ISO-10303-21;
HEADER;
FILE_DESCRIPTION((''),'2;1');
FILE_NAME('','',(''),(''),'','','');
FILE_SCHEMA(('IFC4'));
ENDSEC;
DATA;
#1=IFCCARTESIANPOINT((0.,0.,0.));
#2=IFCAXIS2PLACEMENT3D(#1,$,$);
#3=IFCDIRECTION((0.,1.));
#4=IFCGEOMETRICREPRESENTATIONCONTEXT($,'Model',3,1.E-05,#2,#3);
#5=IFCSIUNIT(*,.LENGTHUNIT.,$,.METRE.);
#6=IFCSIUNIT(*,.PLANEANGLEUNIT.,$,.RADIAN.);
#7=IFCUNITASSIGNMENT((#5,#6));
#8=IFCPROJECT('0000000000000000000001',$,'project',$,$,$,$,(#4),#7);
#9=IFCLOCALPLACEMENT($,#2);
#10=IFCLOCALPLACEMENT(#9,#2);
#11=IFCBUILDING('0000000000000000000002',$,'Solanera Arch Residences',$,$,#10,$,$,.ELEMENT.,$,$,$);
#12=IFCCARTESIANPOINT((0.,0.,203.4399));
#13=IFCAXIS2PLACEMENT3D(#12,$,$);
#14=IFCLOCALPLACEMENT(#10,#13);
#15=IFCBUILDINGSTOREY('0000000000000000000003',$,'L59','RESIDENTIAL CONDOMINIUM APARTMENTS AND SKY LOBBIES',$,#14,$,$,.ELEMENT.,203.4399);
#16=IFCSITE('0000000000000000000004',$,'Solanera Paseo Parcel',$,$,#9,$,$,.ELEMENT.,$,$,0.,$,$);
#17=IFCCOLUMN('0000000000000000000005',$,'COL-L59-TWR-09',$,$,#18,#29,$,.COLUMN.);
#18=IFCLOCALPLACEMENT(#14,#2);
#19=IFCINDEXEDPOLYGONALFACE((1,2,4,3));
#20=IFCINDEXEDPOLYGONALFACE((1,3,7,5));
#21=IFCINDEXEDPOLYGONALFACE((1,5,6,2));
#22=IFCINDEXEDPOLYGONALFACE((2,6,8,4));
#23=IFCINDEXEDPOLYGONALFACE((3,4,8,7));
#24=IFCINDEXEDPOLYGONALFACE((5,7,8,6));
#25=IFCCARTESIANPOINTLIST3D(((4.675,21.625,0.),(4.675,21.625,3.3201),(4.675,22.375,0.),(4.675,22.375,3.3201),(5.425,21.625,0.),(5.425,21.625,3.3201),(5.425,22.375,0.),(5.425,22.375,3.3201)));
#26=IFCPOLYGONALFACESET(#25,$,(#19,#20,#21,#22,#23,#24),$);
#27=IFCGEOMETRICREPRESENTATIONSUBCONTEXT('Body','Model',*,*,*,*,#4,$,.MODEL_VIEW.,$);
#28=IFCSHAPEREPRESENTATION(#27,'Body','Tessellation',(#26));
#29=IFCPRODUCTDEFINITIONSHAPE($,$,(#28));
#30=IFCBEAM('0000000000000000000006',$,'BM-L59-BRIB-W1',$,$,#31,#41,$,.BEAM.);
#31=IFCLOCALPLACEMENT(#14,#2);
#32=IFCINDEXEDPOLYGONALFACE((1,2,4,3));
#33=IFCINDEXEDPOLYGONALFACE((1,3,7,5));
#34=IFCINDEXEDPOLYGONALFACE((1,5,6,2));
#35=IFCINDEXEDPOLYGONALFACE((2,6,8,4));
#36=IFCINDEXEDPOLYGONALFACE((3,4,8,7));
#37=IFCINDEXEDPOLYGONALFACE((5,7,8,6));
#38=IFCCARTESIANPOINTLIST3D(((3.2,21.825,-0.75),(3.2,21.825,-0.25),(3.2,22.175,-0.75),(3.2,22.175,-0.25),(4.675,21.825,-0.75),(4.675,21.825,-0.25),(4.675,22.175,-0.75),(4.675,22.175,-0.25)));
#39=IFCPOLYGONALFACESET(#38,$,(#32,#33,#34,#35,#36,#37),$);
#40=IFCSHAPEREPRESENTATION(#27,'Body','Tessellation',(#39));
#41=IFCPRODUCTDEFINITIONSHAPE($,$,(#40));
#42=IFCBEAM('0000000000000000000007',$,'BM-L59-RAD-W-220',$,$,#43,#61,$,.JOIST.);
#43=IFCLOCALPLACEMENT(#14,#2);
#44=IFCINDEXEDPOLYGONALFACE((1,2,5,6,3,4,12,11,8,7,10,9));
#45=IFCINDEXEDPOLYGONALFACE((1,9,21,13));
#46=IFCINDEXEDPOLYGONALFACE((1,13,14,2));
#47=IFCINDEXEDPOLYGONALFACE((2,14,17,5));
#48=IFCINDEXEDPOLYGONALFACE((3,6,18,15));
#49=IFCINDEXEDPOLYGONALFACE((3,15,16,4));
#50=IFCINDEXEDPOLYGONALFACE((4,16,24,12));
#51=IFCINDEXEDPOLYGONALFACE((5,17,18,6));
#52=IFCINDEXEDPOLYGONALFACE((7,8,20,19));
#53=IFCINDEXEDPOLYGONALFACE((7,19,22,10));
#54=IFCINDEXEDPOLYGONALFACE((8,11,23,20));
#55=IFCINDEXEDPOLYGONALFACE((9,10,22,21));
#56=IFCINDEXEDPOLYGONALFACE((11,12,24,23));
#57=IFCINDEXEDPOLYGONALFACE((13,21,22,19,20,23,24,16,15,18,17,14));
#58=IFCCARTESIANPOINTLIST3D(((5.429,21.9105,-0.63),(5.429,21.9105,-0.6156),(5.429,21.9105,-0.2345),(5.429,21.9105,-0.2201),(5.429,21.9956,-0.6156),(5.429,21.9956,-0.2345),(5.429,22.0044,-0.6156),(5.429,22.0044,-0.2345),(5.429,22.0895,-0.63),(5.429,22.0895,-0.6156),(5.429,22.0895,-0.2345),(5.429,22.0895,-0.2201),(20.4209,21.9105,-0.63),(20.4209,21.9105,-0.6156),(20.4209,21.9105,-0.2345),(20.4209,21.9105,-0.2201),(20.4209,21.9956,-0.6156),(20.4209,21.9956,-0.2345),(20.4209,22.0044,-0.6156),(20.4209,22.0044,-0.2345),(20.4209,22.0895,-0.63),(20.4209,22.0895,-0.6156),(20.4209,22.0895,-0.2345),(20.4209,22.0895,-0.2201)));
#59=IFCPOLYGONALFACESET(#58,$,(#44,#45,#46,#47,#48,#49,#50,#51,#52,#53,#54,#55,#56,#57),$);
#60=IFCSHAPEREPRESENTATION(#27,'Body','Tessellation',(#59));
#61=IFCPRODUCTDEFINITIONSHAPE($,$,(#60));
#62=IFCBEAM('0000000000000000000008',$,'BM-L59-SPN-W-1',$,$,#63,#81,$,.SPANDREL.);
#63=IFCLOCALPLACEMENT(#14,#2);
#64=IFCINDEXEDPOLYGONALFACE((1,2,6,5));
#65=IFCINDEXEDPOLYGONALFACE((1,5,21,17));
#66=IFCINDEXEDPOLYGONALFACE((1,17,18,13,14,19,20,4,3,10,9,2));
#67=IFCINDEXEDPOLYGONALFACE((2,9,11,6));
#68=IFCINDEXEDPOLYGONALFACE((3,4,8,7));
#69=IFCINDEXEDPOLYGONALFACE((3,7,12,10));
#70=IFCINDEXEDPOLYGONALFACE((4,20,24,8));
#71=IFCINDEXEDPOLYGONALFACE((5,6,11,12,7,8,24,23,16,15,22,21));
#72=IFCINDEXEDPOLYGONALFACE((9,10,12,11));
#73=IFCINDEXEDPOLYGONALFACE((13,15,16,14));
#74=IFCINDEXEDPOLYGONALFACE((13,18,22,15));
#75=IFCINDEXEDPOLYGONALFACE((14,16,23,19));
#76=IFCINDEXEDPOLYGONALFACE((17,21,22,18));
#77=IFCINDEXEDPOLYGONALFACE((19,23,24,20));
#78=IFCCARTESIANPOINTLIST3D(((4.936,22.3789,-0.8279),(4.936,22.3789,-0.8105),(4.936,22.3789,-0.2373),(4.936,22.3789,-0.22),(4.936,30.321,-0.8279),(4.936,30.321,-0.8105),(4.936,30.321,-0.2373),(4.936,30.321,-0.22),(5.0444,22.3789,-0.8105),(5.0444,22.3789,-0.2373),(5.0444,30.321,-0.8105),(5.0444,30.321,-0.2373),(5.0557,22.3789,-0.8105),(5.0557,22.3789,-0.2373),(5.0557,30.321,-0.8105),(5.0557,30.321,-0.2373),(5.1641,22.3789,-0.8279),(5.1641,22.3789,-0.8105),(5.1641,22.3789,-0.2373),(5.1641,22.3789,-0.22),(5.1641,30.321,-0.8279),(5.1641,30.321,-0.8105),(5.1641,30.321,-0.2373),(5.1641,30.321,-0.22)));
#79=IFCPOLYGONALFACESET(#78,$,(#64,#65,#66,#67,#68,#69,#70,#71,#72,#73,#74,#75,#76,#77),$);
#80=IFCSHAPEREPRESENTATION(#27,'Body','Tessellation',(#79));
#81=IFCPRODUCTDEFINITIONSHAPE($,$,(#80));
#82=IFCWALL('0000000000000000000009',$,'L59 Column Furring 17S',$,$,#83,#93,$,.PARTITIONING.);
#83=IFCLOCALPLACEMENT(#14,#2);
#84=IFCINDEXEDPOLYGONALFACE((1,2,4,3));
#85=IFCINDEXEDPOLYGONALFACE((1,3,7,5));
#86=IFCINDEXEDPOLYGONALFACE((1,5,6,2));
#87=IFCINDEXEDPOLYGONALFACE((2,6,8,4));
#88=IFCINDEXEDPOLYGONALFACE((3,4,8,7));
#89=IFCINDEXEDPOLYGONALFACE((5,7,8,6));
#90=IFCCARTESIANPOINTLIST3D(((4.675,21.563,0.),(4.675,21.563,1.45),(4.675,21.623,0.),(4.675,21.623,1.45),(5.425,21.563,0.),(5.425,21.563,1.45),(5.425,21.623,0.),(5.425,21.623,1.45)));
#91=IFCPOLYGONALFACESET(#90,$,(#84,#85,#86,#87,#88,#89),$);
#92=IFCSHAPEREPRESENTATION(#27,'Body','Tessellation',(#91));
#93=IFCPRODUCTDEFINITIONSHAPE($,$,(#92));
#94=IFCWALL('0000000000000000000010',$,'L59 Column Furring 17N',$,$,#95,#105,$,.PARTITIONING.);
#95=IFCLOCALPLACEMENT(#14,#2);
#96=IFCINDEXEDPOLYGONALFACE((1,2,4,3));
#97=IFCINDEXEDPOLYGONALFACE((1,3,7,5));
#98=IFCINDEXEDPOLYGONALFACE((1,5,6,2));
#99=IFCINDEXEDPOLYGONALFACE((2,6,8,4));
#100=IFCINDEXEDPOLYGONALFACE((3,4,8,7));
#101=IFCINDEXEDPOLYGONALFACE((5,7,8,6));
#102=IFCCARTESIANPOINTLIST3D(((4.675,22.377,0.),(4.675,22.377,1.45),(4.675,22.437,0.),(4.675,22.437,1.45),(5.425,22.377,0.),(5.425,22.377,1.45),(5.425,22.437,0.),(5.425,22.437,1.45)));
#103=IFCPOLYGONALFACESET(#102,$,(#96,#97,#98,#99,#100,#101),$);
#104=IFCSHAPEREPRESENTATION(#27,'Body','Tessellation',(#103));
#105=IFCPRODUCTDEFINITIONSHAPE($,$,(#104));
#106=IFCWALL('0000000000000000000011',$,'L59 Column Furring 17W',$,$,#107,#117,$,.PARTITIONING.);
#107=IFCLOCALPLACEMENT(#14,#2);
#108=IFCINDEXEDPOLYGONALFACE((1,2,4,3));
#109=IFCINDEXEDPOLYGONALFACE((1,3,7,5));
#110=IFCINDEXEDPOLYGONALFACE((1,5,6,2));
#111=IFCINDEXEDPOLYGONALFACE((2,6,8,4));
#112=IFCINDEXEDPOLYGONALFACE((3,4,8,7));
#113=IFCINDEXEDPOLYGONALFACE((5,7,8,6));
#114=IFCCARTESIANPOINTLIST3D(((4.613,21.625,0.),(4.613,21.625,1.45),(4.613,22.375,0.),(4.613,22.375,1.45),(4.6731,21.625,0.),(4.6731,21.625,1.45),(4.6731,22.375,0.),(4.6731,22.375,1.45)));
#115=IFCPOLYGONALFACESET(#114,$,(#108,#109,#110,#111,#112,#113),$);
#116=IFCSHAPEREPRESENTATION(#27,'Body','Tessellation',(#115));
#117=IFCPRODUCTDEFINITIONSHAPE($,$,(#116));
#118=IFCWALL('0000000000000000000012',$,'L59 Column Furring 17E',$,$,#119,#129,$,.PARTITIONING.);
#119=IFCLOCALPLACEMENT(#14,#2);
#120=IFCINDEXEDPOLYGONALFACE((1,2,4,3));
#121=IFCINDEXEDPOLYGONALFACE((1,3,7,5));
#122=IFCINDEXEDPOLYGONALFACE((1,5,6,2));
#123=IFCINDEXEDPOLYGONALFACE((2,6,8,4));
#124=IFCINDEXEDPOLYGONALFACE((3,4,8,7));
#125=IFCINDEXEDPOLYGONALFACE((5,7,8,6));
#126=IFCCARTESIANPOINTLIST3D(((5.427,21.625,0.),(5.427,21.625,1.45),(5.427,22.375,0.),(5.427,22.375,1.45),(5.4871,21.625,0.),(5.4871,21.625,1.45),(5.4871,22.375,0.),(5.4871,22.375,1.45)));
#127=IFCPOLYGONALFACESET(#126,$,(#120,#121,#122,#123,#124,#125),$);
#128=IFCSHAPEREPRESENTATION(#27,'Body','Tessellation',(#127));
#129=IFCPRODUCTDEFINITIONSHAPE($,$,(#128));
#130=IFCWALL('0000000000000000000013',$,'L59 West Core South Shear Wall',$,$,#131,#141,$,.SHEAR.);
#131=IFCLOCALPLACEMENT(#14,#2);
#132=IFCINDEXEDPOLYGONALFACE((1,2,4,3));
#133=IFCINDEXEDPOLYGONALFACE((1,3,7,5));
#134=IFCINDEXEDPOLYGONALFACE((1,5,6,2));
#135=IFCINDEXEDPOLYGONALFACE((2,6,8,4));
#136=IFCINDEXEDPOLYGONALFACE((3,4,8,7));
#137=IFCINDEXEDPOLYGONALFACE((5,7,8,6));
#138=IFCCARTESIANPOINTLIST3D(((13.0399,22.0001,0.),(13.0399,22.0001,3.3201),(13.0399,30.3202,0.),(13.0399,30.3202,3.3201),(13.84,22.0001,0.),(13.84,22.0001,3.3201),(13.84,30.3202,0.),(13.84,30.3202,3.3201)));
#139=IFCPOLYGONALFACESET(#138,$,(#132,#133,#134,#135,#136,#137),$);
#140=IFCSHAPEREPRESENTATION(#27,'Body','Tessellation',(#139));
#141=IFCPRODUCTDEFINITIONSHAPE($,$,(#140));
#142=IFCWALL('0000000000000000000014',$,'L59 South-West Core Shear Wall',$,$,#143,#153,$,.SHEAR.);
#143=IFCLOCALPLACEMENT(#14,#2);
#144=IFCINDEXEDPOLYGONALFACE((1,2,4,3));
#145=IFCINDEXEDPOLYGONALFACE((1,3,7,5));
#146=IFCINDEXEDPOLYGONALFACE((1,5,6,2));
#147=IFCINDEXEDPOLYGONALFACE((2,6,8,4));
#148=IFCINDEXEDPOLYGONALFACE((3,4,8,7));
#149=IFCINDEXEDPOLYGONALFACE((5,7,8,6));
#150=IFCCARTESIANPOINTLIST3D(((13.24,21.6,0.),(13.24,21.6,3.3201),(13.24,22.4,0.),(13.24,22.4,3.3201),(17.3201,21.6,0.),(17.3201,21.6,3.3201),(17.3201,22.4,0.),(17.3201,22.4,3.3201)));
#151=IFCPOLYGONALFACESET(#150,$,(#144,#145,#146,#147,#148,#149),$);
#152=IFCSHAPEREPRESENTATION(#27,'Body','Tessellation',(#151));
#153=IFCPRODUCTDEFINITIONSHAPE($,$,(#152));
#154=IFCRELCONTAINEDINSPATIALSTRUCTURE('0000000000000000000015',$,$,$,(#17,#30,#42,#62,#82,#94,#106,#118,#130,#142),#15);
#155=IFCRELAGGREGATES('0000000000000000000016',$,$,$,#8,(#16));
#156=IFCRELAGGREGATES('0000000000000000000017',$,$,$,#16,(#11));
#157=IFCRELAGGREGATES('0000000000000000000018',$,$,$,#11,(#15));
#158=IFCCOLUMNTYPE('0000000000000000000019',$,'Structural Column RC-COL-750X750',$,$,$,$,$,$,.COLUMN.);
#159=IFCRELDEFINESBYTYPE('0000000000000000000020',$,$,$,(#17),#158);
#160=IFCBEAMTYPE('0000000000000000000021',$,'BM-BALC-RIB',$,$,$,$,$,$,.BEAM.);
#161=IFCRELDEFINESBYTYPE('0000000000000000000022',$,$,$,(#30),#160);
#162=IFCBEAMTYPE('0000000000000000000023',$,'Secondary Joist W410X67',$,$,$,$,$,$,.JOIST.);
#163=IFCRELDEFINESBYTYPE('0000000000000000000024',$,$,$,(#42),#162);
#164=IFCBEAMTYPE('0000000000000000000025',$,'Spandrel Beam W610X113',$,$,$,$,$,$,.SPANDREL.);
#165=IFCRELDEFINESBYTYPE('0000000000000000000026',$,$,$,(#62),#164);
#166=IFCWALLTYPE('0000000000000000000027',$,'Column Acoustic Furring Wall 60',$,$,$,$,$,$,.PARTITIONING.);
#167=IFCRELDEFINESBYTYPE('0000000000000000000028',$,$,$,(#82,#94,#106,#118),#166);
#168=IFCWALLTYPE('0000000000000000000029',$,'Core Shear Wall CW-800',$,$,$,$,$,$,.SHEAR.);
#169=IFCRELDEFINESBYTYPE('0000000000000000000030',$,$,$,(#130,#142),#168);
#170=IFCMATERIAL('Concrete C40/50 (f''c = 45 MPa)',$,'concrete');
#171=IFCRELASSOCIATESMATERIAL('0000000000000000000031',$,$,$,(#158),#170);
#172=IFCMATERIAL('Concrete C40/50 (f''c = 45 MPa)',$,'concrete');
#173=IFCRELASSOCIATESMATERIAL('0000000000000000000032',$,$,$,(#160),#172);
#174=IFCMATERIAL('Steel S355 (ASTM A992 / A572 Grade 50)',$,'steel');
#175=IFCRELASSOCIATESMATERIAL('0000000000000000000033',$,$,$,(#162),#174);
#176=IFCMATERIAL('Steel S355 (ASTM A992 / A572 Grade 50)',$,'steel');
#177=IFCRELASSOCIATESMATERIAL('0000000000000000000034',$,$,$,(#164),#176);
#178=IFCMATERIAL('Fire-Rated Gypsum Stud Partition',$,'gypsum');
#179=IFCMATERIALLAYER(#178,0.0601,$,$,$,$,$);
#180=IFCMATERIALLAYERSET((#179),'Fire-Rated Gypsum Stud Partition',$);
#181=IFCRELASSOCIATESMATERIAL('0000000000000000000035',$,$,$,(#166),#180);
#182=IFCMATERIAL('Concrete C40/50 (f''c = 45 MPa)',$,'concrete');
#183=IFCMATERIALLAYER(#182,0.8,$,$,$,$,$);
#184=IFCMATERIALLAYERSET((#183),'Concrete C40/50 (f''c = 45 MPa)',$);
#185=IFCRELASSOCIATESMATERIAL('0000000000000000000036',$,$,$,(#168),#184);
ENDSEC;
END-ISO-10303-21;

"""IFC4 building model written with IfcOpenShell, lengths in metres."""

from ifc_helpers import new_model, si_unit, direction, frame, frame_2d, origin, origin_2d, place, context, subcontext, project, spatial, rectangle, i_section, extrude, material, layer, layer_set, material_profile, profile_set, type_object, element, save


model = new_model("IFC4")

# Units and contexts
model_context = context("Model", 3, precision=1e-05, world=origin(), true_north=direction((0.0, 1.0)))
body_context = subcontext(model_context, "Body", "Model", "MODEL_VIEW")
ifc_project = project(units=[si_unit("LENGTHUNIT", "METRE"), si_unit("PLANEANGLEUNIT", "RADIAN")], contexts=[model_context])

# Site, building, storey
site_placement = place(None, origin())
site = spatial("IfcSite", under=ifc_project, at=site_placement, Name="Solanera Paseo Parcel", CompositionType="ELEMENT", RefElevation=0.0)
building_placement = place(site_placement, origin())
building = spatial("IfcBuilding", under=site, at=building_placement, Name="Solanera Arch Residences", CompositionType="ELEMENT")
storey_placement = place(building_placement, frame((0.0, 0.0, 203.4399)))
storey = spatial("IfcBuildingStorey", under=building, at=storey_placement, Name="L59", Description="RESIDENTIAL CONDOMINIUM APARTMENTS AND SKY LOBBIES", CompositionType="ELEMENT", Elevation=203.4399)

# Column
ifc_material_1 = material(Name="Concrete C40/50 (f'c = 45 MPa)", Category="concrete")
ifc_material_profile_1 = material_profile(ifc_material_1, rectangle(XDim=0.75, YDim=0.75, at=origin_2d()))
ifc_profile_set_1 = profile_set([ifc_material_profile_1], Name="Concrete C40/50 (f'c = 45 MPa)")
column_type = type_object("IfcColumnType", Name="Structural Column RC-COL-750X750", PredefinedType="COLUMN", material=ifc_profile_set_1)
column_placement = place(storey_placement, frame((5.05, 22.0, 0.0), z_axis=(0.0, 0.0, 1.0), x_axis=(1.0, 0.0, 0.0)))
element("IfcColumn", 1, at=column_placement, inside=storey, type_object=column_type, Name="COL-L59-TWR-09", PredefinedType="COLUMN", context=body_context, shape_type="SweptSolid", body=[
    extrude(rectangle(XDim=0.75, YDim=0.75, at=origin_2d()), origin(), (0.0, 0.0, 1.0), 3.3201),
])

# Beams
ifc_material_2 = material(Name="Concrete C40/50 (f'c = 45 MPa)", Category="concrete")
ifc_material_profile_2 = material_profile(ifc_material_2, rectangle(XDim=0.3501, YDim=0.5, at=origin_2d()))
ifc_profile_set_2 = profile_set([ifc_material_profile_2], Name="Concrete C40/50 (f'c = 45 MPa)")
beam_type_1 = type_object("IfcBeamType", Name="BM-BALC-RIB", PredefinedType="BEAM", material=ifc_profile_set_2)
beam_1_placement = place(storey_placement, frame((3.2, 22.0, -0.5), z_axis=(1.0, 0.0, 0.0), x_axis=(0.0, 1.0, 0.0)))
element("IfcBeam", 2, at=beam_1_placement, inside=storey, type_object=beam_type_1, Name="BM-L59-BRIB-W1", PredefinedType="BEAM", context=body_context, shape_type="SweptSolid", body=[
    extrude(rectangle(XDim=0.3501, YDim=0.5, at=origin_2d()), origin(), (0.0, 0.0, 1.0), 1.4751),
])
ifc_material_3 = material(Name="Steel S355 (ASTM A992 / A572 Grade 50)", Category="steel")
ifc_material_profile_3 = material_profile(ifc_material_3, i_section(OverallWidth=0.179, OverallDepth=0.4099, WebThickness=0.0088, FlangeThickness=0.0144, at=origin_2d()))
ifc_profile_set_3 = profile_set([ifc_material_profile_3], Name="Steel S355 (ASTM A992 / A572 Grade 50)")
beam_type_2 = type_object("IfcBeamType", Name="Secondary Joist W410X67", PredefinedType="JOIST", material=ifc_profile_set_3)
beam_2_placement = place(storey_placement, frame((5.429, 22.0, -0.425), z_axis=(1.0, 0.0, 0.0), x_axis=(0.0, 1.0, 0.0)))
element("IfcBeam", 3, at=beam_2_placement, inside=storey, type_object=beam_type_2, Name="BM-L59-RAD-W-220", PredefinedType="JOIST", context=body_context, shape_type="SweptSolid", body=[
    extrude(i_section(OverallWidth=0.179, OverallDepth=0.4099, WebThickness=0.0088, FlangeThickness=0.0144, at=origin_2d()), origin(), (0.0, 0.0, 1.0), 14.9919),
])
ifc_material_4 = material(Name="Steel S355 (ASTM A992 / A572 Grade 50)", Category="steel")
ifc_material_profile_4 = material_profile(ifc_material_4, i_section(OverallWidth=0.228, OverallDepth=0.6079, WebThickness=0.0112, FlangeThickness=0.0173, at=origin_2d()))
ifc_profile_set_4 = profile_set([ifc_material_profile_4], Name="Steel S355 (ASTM A992 / A572 Grade 50)")
beam_type_3 = type_object("IfcBeamType", Name="Spandrel Beam W610X113", PredefinedType="SPANDREL", material=ifc_profile_set_4)
beam_3_placement = place(storey_placement, frame((5.05, 22.3789, -0.5239), z_axis=(0.0, 1.0, 0.0), x_axis=(-1.0, 0.0, 0.0)))
element("IfcBeam", 4, at=beam_3_placement, inside=storey, type_object=beam_type_3, Name="BM-L59-SPN-W-1", PredefinedType="SPANDREL", context=body_context, shape_type="SweptSolid", body=[
    extrude(i_section(OverallWidth=0.228, OverallDepth=0.6079, WebThickness=0.0112, FlangeThickness=0.0173, at=origin_2d()), origin(), (0.0, 0.0, 1.0), 7.9421),
])

# Walls
ifc_material_5 = material(Name="Fire-Rated Gypsum Stud Partition", Category="gypsum")
ifc_layer_1 = layer(ifc_material_5, 0.0601)
ifc_layer_set_1 = layer_set([ifc_layer_1], Name="Fire-Rated Gypsum Stud Partition")
wall_type_1 = type_object("IfcWallType", Name="Column Acoustic Furring Wall 60", PredefinedType="PARTITIONING", material=ifc_layer_set_1)
for number, where, z_axis, x_axis, name in (
    (5, (4.675, 21.593, 0.0), (0.0, 0.0, 1.0), (1.0, 0.0, 0.0), "L59 Column Furring 17S"),
    (6, (4.675, 22.407, 0.0), (0.0, 0.0, 1.0), (1.0, 0.0, 0.0), "L59 Column Furring 17N"),
    (7, (4.6431, 21.625, 0.0), (0.0, 0.0, 1.0), (0.0, 1.0, 0.0), "L59 Column Furring 17W"),
    (8, (5.457, 21.625, 0.0), (0.0, 0.0, 1.0), (0.0, 1.0, 0.0), "L59 Column Furring 17E"),
):
    element("IfcWall", number, at=place(storey_placement, frame(where, z_axis=z_axis, x_axis=x_axis)), inside=storey, type_object=wall_type_1, Name=name, PredefinedType="PARTITIONING", context=body_context, shape_type="SweptSolid", body=[
        extrude(rectangle(XDim=0.75, YDim=0.0601, at=frame_2d((0.375, 0.0))), origin(), (0.0, 0.0, 1.0), 1.45),
    ])
ifc_material_6 = material(Name="Concrete C40/50 (f'c = 45 MPa)", Category="concrete")
ifc_layer_2 = layer(ifc_material_6, 0.8)
ifc_layer_set_2 = layer_set([ifc_layer_2], Name="Concrete C40/50 (f'c = 45 MPa)")
wall_type_2 = type_object("IfcWallType", Name="Core Shear Wall CW-800", PredefinedType="SHEAR", material=ifc_layer_set_2)
wall_1_placement = place(storey_placement, frame((13.4399, 22.0, 0.0), z_axis=(0.0, 0.0, 1.0), x_axis=(0.0, 1.0, 0.0)))
element("IfcWall", 9, at=wall_1_placement, inside=storey, type_object=wall_type_2, Name="L59 West Core South Shear Wall", PredefinedType="SHEAR", context=body_context, shape_type="SweptSolid", body=[
    extrude(rectangle(XDim=8.3201, YDim=0.8, at=frame_2d((4.1602, 0.0))), origin(), (0.0, 0.0, 1.0), 3.3201),
])
wall_2_placement = place(storey_placement, frame((13.24, 22.0, 0.0), z_axis=(0.0, 0.0, 1.0), x_axis=(1.0, 0.0, 0.0)))
element("IfcWall", 10, at=wall_2_placement, inside=storey, type_object=wall_type_2, Name="L59 South-West Core Shear Wall", PredefinedType="SHEAR", context=body_context, shape_type="SweptSolid", body=[
    extrude(rectangle(XDim=4.0801, YDim=0.8, at=frame_2d((2.04, 0.0))), origin(), (0.0, 0.0, 1.0), 3.3201),
])

save(model, "model.ifc")
